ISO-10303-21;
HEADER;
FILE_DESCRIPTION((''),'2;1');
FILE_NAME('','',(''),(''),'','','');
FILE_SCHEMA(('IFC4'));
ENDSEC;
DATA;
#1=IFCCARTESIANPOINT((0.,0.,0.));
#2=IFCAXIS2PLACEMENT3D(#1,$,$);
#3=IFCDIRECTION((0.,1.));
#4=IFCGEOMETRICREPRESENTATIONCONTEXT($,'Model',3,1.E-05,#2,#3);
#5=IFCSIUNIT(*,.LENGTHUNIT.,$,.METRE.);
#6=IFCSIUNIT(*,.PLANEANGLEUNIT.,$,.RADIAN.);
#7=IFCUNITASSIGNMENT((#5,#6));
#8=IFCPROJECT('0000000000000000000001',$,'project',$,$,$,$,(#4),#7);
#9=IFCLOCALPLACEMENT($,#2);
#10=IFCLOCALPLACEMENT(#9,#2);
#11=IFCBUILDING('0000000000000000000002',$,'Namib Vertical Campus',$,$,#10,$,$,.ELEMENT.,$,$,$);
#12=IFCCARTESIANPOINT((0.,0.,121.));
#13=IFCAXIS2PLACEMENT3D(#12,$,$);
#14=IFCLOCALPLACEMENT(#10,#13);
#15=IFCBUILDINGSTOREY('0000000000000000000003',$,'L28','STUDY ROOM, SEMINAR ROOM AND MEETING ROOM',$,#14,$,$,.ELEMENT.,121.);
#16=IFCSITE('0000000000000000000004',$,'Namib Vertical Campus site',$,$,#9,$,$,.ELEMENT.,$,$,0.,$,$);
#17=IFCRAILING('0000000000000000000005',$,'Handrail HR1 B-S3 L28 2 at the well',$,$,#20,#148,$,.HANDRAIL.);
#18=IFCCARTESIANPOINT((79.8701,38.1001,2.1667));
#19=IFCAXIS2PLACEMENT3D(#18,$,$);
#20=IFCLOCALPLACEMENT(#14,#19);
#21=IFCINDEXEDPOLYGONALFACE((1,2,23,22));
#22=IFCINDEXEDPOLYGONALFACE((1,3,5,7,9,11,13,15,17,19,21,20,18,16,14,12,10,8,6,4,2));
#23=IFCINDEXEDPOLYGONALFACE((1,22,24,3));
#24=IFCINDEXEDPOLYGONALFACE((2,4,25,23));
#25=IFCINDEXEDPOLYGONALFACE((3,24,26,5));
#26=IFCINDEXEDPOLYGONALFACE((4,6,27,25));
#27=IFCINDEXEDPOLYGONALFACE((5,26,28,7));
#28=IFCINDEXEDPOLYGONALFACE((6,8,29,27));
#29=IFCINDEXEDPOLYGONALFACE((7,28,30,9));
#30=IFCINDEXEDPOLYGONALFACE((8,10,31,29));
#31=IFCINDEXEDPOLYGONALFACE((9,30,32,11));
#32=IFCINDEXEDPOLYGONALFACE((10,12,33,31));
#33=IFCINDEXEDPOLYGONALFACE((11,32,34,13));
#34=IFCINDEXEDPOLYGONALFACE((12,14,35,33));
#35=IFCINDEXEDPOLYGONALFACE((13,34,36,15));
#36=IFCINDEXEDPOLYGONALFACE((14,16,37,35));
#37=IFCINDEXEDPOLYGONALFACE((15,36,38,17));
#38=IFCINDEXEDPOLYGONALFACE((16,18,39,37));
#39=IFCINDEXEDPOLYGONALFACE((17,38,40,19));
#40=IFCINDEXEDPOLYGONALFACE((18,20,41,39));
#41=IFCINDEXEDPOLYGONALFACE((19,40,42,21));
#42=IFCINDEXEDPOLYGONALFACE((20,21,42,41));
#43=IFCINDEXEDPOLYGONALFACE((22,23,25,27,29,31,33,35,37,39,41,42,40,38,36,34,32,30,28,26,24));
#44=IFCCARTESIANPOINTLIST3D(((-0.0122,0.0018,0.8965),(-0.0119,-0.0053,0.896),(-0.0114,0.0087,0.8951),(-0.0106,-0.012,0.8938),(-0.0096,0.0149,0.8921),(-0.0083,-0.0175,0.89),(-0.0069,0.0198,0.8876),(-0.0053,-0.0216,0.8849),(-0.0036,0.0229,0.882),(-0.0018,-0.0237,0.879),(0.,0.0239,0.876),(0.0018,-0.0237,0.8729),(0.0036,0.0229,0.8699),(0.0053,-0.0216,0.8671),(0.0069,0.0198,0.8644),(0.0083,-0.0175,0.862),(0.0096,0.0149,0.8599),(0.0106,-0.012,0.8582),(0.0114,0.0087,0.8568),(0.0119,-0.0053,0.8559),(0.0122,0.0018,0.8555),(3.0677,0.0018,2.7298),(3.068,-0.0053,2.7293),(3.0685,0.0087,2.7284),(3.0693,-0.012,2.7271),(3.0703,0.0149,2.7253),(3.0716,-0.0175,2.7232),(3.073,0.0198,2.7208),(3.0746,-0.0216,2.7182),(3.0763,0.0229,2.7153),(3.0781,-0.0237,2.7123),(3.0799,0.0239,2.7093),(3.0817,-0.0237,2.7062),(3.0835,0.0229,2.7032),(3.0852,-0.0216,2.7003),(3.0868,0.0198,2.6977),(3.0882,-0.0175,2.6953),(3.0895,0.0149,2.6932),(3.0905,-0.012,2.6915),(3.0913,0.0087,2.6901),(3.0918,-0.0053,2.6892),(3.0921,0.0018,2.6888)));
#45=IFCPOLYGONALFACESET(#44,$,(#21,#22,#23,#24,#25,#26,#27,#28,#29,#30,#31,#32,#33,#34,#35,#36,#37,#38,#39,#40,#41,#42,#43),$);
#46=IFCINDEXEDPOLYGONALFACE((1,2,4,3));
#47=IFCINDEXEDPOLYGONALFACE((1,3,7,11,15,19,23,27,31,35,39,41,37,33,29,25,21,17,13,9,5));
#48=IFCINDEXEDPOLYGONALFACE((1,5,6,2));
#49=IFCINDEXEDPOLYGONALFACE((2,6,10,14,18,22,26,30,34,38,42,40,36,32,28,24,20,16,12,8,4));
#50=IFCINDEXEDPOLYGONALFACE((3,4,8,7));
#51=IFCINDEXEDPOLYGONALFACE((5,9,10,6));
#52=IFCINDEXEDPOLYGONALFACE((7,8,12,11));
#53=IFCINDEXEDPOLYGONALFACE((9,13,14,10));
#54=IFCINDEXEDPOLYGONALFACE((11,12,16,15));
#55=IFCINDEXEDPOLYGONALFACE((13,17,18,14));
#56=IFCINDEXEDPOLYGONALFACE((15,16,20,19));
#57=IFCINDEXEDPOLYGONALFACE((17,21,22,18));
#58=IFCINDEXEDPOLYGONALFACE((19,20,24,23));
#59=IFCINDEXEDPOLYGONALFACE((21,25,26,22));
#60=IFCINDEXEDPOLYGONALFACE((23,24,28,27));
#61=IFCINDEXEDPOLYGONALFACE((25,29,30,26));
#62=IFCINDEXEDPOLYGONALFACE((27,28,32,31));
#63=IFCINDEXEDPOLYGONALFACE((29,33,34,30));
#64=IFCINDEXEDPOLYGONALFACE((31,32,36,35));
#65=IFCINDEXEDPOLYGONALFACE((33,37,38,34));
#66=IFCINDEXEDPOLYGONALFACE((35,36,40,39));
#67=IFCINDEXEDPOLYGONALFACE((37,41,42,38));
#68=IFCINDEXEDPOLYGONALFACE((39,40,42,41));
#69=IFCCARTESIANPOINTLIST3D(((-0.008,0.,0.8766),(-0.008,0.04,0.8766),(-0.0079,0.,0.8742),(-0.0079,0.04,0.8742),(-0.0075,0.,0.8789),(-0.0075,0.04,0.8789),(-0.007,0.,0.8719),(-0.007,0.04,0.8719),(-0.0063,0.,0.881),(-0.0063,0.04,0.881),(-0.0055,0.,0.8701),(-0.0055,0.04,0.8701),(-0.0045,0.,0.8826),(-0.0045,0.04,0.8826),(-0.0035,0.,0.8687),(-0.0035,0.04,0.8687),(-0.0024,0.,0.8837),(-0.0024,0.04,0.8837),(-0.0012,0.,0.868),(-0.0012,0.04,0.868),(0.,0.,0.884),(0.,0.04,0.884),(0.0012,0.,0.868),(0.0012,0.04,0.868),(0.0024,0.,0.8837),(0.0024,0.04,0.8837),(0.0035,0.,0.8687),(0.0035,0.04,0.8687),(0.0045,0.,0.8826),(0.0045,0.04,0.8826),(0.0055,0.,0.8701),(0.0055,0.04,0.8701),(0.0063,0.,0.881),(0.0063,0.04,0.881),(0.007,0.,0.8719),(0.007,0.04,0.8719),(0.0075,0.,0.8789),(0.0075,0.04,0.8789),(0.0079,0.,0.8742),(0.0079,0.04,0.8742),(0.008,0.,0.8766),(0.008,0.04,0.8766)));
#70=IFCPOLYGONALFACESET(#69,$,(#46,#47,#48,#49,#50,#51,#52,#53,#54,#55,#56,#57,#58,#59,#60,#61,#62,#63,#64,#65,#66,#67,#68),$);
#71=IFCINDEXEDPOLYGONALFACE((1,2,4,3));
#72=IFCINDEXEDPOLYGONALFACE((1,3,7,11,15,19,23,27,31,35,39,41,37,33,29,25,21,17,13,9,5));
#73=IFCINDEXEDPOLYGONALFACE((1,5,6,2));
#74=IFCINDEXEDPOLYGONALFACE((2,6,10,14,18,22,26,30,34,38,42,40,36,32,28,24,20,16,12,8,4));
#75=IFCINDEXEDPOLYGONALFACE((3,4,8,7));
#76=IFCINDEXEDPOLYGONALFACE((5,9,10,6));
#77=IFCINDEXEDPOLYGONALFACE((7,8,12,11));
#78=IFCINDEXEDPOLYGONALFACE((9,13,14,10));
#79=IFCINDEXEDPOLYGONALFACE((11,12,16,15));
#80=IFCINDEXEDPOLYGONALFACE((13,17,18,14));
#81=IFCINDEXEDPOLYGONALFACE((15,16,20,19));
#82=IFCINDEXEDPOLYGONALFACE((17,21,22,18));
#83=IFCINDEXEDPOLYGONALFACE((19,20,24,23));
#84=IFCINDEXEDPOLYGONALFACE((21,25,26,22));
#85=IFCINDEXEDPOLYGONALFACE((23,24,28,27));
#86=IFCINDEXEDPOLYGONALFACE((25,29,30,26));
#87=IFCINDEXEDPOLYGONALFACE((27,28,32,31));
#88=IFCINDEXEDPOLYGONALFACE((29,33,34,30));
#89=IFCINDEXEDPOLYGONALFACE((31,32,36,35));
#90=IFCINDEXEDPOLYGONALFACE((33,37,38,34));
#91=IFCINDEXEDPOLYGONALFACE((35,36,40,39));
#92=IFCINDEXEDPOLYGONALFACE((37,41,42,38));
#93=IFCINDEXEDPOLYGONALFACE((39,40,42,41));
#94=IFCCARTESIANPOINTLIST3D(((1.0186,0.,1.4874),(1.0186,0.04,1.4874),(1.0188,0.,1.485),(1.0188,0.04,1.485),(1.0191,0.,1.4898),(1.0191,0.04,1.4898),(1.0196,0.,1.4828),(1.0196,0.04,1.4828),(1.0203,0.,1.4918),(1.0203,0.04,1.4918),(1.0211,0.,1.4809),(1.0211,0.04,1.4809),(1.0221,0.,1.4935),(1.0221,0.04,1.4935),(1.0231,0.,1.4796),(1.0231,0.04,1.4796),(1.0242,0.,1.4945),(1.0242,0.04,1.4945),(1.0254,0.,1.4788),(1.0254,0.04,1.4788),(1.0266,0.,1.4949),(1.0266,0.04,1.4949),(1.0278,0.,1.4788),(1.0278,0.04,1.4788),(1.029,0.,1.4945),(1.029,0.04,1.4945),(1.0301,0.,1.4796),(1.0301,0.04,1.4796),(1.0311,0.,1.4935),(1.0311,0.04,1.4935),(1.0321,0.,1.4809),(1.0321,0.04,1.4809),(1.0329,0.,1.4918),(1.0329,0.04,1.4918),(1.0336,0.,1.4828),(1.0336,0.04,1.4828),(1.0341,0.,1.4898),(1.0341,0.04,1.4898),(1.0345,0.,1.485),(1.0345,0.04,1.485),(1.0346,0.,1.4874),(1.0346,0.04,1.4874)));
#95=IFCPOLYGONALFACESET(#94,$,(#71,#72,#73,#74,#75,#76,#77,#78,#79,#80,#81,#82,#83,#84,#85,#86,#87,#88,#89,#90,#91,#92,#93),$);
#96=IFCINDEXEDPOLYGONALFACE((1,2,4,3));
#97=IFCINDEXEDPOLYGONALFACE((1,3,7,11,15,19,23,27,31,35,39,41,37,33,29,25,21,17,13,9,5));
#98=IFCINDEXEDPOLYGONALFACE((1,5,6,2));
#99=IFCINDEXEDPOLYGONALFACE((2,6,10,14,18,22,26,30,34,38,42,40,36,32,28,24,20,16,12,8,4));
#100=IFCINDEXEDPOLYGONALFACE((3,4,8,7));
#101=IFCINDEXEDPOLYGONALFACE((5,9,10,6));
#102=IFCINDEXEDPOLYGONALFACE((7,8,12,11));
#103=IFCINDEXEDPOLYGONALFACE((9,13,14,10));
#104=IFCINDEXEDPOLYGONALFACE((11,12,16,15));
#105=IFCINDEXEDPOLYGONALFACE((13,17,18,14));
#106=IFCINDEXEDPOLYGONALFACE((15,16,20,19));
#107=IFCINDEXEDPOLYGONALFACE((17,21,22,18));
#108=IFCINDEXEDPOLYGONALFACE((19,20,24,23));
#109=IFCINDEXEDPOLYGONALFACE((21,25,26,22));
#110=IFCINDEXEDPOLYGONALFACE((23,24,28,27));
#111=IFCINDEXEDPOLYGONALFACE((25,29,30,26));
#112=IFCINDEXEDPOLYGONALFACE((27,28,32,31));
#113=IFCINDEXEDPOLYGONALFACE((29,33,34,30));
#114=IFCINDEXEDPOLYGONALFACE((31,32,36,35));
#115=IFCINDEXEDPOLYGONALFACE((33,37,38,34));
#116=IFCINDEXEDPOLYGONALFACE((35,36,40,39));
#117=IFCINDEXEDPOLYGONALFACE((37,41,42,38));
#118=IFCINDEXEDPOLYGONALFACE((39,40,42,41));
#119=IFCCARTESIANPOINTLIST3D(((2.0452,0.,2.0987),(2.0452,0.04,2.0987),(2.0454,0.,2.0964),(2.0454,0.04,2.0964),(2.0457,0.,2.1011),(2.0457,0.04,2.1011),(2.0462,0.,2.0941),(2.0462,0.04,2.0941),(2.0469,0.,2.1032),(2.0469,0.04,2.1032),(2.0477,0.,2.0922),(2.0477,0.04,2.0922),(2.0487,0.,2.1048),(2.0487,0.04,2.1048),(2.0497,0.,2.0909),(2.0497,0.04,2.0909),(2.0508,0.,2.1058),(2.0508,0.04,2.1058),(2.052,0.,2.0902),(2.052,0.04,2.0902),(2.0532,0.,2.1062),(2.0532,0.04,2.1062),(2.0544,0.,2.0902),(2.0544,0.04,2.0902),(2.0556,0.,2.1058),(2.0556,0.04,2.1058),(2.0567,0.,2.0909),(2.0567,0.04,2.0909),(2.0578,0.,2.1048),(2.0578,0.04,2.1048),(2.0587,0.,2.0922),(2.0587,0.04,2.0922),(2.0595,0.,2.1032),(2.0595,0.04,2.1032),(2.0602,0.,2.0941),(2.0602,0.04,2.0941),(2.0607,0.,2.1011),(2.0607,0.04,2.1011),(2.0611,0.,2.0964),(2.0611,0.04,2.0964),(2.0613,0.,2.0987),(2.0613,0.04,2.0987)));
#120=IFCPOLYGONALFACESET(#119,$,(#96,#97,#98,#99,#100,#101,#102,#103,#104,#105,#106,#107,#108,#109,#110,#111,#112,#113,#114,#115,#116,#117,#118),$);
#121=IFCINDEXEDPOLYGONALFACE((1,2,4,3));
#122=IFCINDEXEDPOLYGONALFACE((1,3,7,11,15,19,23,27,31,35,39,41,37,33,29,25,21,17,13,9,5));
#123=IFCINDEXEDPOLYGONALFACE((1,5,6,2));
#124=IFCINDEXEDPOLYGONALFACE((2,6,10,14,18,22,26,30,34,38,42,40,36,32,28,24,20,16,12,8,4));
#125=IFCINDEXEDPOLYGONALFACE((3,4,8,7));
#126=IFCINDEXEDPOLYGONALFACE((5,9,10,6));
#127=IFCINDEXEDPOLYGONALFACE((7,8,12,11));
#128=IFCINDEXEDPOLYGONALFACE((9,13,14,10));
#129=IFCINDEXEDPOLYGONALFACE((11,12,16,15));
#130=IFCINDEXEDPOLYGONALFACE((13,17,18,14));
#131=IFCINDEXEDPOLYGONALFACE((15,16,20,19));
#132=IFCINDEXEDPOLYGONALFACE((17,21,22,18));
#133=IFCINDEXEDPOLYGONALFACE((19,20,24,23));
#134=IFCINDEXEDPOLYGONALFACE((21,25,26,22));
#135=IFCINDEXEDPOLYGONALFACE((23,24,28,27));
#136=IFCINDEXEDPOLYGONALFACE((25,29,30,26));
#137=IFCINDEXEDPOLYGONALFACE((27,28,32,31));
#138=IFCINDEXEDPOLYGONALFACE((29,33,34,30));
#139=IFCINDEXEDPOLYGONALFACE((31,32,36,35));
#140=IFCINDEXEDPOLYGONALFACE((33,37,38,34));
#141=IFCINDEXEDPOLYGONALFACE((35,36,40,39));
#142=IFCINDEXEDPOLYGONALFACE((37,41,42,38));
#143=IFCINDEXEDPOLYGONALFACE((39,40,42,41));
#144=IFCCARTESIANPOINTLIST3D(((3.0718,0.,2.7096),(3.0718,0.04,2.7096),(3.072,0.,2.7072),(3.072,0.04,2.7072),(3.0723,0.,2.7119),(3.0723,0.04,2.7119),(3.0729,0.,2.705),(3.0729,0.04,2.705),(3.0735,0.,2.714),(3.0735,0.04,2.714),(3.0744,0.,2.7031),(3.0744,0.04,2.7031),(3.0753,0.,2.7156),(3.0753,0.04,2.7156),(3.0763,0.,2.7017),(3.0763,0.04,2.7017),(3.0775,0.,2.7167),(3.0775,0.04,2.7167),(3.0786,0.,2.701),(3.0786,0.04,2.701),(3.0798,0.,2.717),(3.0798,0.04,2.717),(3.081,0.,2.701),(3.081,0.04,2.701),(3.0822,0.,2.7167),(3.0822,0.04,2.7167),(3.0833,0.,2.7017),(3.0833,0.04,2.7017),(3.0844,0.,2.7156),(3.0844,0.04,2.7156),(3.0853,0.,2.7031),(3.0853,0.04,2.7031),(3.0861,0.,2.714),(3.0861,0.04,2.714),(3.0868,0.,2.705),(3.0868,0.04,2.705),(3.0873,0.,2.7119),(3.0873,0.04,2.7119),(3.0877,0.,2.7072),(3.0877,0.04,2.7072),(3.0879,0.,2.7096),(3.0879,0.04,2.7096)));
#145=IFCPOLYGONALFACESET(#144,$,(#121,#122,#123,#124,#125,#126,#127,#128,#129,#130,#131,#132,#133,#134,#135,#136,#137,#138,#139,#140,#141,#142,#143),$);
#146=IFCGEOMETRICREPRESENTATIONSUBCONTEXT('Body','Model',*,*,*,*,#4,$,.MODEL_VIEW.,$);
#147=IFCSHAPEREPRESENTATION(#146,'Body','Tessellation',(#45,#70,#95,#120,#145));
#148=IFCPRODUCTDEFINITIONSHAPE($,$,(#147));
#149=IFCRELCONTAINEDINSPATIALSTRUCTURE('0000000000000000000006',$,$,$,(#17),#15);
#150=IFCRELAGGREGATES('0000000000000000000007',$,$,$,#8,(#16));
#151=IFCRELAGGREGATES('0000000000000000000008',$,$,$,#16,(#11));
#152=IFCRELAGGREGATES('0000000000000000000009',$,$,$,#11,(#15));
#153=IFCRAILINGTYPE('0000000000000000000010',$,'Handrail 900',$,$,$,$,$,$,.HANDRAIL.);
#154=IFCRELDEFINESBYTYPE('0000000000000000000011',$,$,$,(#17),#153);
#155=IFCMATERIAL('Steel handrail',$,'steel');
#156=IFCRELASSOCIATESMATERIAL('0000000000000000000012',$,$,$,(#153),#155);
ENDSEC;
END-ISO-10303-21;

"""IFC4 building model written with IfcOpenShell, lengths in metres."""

from ifc_helpers import new_model, si_unit, direction, frame, origin, origin_2d, place, context, subcontext, project, spatial, circle, extrude, material, type_object, element, save


model = new_model("IFC4")

# Units and contexts
model_context = context("Model", 3, precision=1e-05, world=origin(), true_north=direction((0.0, 1.0)))
body_context = subcontext(model_context, "Body", "Model", "MODEL_VIEW")
ifc_project = project(units=[si_unit("LENGTHUNIT", "METRE"), si_unit("PLANEANGLEUNIT", "RADIAN")], contexts=[model_context])

# Site, building, storey
site_placement = place(None, origin())
site = spatial("IfcSite", under=ifc_project, at=site_placement, Name="Namib Vertical Campus site", CompositionType="ELEMENT", RefElevation=0.0)
building_placement = place(site_placement, origin())
building = spatial("IfcBuilding", under=site, at=building_placement, Name="Namib Vertical Campus", CompositionType="ELEMENT")
storey_placement = place(building_placement, frame((0.0, 0.0, 121.0)))
storey = spatial("IfcBuildingStorey", under=building, at=storey_placement, Name="L28", Description="STUDY ROOM, SEMINAR ROOM AND MEETING ROOM", CompositionType="ELEMENT", Elevation=121.0)

# Railing
ifc_material_1 = material(Name="Steel handrail", Category="steel")
railing_type_1 = type_object("IfcRailingType", Name="Handrail 900", PredefinedType="HANDRAIL", material=ifc_material_1)
railing_1_placement = place(storey_placement, frame((79.8701, 38.1001, 2.1667)))
element("IfcRailing", 1, at=railing_1_placement, inside=storey, type_object=railing_type_1, Name="Handrail HR1 B-S3 L28 2 at the well", PredefinedType="HANDRAIL", context=body_context, shape_type="SweptSolid", body=[
    extrude(circle(Radius=0.0239, at=origin_2d()), frame((0.0, 0.0, 0.876), z_axis=(0.859291, 0.0, 0.511487), x_axis=(0.0, 1.0, 0.0)), (0.0, 0.0, 1.0), 3.5842),
    extrude(circle(Radius=0.0081, at=origin_2d()), frame((0.0, 0.0, 0.876), z_axis=(0.0, 1.0, 0.0), x_axis=(0.0, 0.0, 1.0)), (0.0, 0.0, 1.0), 0.04),
    extrude(circle(Radius=0.0081, at=origin_2d()), frame((1.0266, 0.0, 1.4868), z_axis=(0.0, 1.0, 0.0), x_axis=(0.0, 0.0, 1.0)), (0.0, 0.0, 1.0), 0.04),
    extrude(circle(Radius=0.0081, at=origin_2d()), frame((2.0532, 0.0, 2.0981), z_axis=(0.0, 1.0, 0.0), x_axis=(0.0, 0.0, 1.0)), (0.0, 0.0, 1.0), 0.04),
    extrude(circle(Radius=0.0081, at=origin_2d()), frame((3.0798, 0.0, 2.709), z_axis=(0.0, 1.0, 0.0), x_axis=(0.0, 0.0, 1.0)), (0.0, 0.0, 1.0), 0.04),
])

save(model, "model.ifc")
